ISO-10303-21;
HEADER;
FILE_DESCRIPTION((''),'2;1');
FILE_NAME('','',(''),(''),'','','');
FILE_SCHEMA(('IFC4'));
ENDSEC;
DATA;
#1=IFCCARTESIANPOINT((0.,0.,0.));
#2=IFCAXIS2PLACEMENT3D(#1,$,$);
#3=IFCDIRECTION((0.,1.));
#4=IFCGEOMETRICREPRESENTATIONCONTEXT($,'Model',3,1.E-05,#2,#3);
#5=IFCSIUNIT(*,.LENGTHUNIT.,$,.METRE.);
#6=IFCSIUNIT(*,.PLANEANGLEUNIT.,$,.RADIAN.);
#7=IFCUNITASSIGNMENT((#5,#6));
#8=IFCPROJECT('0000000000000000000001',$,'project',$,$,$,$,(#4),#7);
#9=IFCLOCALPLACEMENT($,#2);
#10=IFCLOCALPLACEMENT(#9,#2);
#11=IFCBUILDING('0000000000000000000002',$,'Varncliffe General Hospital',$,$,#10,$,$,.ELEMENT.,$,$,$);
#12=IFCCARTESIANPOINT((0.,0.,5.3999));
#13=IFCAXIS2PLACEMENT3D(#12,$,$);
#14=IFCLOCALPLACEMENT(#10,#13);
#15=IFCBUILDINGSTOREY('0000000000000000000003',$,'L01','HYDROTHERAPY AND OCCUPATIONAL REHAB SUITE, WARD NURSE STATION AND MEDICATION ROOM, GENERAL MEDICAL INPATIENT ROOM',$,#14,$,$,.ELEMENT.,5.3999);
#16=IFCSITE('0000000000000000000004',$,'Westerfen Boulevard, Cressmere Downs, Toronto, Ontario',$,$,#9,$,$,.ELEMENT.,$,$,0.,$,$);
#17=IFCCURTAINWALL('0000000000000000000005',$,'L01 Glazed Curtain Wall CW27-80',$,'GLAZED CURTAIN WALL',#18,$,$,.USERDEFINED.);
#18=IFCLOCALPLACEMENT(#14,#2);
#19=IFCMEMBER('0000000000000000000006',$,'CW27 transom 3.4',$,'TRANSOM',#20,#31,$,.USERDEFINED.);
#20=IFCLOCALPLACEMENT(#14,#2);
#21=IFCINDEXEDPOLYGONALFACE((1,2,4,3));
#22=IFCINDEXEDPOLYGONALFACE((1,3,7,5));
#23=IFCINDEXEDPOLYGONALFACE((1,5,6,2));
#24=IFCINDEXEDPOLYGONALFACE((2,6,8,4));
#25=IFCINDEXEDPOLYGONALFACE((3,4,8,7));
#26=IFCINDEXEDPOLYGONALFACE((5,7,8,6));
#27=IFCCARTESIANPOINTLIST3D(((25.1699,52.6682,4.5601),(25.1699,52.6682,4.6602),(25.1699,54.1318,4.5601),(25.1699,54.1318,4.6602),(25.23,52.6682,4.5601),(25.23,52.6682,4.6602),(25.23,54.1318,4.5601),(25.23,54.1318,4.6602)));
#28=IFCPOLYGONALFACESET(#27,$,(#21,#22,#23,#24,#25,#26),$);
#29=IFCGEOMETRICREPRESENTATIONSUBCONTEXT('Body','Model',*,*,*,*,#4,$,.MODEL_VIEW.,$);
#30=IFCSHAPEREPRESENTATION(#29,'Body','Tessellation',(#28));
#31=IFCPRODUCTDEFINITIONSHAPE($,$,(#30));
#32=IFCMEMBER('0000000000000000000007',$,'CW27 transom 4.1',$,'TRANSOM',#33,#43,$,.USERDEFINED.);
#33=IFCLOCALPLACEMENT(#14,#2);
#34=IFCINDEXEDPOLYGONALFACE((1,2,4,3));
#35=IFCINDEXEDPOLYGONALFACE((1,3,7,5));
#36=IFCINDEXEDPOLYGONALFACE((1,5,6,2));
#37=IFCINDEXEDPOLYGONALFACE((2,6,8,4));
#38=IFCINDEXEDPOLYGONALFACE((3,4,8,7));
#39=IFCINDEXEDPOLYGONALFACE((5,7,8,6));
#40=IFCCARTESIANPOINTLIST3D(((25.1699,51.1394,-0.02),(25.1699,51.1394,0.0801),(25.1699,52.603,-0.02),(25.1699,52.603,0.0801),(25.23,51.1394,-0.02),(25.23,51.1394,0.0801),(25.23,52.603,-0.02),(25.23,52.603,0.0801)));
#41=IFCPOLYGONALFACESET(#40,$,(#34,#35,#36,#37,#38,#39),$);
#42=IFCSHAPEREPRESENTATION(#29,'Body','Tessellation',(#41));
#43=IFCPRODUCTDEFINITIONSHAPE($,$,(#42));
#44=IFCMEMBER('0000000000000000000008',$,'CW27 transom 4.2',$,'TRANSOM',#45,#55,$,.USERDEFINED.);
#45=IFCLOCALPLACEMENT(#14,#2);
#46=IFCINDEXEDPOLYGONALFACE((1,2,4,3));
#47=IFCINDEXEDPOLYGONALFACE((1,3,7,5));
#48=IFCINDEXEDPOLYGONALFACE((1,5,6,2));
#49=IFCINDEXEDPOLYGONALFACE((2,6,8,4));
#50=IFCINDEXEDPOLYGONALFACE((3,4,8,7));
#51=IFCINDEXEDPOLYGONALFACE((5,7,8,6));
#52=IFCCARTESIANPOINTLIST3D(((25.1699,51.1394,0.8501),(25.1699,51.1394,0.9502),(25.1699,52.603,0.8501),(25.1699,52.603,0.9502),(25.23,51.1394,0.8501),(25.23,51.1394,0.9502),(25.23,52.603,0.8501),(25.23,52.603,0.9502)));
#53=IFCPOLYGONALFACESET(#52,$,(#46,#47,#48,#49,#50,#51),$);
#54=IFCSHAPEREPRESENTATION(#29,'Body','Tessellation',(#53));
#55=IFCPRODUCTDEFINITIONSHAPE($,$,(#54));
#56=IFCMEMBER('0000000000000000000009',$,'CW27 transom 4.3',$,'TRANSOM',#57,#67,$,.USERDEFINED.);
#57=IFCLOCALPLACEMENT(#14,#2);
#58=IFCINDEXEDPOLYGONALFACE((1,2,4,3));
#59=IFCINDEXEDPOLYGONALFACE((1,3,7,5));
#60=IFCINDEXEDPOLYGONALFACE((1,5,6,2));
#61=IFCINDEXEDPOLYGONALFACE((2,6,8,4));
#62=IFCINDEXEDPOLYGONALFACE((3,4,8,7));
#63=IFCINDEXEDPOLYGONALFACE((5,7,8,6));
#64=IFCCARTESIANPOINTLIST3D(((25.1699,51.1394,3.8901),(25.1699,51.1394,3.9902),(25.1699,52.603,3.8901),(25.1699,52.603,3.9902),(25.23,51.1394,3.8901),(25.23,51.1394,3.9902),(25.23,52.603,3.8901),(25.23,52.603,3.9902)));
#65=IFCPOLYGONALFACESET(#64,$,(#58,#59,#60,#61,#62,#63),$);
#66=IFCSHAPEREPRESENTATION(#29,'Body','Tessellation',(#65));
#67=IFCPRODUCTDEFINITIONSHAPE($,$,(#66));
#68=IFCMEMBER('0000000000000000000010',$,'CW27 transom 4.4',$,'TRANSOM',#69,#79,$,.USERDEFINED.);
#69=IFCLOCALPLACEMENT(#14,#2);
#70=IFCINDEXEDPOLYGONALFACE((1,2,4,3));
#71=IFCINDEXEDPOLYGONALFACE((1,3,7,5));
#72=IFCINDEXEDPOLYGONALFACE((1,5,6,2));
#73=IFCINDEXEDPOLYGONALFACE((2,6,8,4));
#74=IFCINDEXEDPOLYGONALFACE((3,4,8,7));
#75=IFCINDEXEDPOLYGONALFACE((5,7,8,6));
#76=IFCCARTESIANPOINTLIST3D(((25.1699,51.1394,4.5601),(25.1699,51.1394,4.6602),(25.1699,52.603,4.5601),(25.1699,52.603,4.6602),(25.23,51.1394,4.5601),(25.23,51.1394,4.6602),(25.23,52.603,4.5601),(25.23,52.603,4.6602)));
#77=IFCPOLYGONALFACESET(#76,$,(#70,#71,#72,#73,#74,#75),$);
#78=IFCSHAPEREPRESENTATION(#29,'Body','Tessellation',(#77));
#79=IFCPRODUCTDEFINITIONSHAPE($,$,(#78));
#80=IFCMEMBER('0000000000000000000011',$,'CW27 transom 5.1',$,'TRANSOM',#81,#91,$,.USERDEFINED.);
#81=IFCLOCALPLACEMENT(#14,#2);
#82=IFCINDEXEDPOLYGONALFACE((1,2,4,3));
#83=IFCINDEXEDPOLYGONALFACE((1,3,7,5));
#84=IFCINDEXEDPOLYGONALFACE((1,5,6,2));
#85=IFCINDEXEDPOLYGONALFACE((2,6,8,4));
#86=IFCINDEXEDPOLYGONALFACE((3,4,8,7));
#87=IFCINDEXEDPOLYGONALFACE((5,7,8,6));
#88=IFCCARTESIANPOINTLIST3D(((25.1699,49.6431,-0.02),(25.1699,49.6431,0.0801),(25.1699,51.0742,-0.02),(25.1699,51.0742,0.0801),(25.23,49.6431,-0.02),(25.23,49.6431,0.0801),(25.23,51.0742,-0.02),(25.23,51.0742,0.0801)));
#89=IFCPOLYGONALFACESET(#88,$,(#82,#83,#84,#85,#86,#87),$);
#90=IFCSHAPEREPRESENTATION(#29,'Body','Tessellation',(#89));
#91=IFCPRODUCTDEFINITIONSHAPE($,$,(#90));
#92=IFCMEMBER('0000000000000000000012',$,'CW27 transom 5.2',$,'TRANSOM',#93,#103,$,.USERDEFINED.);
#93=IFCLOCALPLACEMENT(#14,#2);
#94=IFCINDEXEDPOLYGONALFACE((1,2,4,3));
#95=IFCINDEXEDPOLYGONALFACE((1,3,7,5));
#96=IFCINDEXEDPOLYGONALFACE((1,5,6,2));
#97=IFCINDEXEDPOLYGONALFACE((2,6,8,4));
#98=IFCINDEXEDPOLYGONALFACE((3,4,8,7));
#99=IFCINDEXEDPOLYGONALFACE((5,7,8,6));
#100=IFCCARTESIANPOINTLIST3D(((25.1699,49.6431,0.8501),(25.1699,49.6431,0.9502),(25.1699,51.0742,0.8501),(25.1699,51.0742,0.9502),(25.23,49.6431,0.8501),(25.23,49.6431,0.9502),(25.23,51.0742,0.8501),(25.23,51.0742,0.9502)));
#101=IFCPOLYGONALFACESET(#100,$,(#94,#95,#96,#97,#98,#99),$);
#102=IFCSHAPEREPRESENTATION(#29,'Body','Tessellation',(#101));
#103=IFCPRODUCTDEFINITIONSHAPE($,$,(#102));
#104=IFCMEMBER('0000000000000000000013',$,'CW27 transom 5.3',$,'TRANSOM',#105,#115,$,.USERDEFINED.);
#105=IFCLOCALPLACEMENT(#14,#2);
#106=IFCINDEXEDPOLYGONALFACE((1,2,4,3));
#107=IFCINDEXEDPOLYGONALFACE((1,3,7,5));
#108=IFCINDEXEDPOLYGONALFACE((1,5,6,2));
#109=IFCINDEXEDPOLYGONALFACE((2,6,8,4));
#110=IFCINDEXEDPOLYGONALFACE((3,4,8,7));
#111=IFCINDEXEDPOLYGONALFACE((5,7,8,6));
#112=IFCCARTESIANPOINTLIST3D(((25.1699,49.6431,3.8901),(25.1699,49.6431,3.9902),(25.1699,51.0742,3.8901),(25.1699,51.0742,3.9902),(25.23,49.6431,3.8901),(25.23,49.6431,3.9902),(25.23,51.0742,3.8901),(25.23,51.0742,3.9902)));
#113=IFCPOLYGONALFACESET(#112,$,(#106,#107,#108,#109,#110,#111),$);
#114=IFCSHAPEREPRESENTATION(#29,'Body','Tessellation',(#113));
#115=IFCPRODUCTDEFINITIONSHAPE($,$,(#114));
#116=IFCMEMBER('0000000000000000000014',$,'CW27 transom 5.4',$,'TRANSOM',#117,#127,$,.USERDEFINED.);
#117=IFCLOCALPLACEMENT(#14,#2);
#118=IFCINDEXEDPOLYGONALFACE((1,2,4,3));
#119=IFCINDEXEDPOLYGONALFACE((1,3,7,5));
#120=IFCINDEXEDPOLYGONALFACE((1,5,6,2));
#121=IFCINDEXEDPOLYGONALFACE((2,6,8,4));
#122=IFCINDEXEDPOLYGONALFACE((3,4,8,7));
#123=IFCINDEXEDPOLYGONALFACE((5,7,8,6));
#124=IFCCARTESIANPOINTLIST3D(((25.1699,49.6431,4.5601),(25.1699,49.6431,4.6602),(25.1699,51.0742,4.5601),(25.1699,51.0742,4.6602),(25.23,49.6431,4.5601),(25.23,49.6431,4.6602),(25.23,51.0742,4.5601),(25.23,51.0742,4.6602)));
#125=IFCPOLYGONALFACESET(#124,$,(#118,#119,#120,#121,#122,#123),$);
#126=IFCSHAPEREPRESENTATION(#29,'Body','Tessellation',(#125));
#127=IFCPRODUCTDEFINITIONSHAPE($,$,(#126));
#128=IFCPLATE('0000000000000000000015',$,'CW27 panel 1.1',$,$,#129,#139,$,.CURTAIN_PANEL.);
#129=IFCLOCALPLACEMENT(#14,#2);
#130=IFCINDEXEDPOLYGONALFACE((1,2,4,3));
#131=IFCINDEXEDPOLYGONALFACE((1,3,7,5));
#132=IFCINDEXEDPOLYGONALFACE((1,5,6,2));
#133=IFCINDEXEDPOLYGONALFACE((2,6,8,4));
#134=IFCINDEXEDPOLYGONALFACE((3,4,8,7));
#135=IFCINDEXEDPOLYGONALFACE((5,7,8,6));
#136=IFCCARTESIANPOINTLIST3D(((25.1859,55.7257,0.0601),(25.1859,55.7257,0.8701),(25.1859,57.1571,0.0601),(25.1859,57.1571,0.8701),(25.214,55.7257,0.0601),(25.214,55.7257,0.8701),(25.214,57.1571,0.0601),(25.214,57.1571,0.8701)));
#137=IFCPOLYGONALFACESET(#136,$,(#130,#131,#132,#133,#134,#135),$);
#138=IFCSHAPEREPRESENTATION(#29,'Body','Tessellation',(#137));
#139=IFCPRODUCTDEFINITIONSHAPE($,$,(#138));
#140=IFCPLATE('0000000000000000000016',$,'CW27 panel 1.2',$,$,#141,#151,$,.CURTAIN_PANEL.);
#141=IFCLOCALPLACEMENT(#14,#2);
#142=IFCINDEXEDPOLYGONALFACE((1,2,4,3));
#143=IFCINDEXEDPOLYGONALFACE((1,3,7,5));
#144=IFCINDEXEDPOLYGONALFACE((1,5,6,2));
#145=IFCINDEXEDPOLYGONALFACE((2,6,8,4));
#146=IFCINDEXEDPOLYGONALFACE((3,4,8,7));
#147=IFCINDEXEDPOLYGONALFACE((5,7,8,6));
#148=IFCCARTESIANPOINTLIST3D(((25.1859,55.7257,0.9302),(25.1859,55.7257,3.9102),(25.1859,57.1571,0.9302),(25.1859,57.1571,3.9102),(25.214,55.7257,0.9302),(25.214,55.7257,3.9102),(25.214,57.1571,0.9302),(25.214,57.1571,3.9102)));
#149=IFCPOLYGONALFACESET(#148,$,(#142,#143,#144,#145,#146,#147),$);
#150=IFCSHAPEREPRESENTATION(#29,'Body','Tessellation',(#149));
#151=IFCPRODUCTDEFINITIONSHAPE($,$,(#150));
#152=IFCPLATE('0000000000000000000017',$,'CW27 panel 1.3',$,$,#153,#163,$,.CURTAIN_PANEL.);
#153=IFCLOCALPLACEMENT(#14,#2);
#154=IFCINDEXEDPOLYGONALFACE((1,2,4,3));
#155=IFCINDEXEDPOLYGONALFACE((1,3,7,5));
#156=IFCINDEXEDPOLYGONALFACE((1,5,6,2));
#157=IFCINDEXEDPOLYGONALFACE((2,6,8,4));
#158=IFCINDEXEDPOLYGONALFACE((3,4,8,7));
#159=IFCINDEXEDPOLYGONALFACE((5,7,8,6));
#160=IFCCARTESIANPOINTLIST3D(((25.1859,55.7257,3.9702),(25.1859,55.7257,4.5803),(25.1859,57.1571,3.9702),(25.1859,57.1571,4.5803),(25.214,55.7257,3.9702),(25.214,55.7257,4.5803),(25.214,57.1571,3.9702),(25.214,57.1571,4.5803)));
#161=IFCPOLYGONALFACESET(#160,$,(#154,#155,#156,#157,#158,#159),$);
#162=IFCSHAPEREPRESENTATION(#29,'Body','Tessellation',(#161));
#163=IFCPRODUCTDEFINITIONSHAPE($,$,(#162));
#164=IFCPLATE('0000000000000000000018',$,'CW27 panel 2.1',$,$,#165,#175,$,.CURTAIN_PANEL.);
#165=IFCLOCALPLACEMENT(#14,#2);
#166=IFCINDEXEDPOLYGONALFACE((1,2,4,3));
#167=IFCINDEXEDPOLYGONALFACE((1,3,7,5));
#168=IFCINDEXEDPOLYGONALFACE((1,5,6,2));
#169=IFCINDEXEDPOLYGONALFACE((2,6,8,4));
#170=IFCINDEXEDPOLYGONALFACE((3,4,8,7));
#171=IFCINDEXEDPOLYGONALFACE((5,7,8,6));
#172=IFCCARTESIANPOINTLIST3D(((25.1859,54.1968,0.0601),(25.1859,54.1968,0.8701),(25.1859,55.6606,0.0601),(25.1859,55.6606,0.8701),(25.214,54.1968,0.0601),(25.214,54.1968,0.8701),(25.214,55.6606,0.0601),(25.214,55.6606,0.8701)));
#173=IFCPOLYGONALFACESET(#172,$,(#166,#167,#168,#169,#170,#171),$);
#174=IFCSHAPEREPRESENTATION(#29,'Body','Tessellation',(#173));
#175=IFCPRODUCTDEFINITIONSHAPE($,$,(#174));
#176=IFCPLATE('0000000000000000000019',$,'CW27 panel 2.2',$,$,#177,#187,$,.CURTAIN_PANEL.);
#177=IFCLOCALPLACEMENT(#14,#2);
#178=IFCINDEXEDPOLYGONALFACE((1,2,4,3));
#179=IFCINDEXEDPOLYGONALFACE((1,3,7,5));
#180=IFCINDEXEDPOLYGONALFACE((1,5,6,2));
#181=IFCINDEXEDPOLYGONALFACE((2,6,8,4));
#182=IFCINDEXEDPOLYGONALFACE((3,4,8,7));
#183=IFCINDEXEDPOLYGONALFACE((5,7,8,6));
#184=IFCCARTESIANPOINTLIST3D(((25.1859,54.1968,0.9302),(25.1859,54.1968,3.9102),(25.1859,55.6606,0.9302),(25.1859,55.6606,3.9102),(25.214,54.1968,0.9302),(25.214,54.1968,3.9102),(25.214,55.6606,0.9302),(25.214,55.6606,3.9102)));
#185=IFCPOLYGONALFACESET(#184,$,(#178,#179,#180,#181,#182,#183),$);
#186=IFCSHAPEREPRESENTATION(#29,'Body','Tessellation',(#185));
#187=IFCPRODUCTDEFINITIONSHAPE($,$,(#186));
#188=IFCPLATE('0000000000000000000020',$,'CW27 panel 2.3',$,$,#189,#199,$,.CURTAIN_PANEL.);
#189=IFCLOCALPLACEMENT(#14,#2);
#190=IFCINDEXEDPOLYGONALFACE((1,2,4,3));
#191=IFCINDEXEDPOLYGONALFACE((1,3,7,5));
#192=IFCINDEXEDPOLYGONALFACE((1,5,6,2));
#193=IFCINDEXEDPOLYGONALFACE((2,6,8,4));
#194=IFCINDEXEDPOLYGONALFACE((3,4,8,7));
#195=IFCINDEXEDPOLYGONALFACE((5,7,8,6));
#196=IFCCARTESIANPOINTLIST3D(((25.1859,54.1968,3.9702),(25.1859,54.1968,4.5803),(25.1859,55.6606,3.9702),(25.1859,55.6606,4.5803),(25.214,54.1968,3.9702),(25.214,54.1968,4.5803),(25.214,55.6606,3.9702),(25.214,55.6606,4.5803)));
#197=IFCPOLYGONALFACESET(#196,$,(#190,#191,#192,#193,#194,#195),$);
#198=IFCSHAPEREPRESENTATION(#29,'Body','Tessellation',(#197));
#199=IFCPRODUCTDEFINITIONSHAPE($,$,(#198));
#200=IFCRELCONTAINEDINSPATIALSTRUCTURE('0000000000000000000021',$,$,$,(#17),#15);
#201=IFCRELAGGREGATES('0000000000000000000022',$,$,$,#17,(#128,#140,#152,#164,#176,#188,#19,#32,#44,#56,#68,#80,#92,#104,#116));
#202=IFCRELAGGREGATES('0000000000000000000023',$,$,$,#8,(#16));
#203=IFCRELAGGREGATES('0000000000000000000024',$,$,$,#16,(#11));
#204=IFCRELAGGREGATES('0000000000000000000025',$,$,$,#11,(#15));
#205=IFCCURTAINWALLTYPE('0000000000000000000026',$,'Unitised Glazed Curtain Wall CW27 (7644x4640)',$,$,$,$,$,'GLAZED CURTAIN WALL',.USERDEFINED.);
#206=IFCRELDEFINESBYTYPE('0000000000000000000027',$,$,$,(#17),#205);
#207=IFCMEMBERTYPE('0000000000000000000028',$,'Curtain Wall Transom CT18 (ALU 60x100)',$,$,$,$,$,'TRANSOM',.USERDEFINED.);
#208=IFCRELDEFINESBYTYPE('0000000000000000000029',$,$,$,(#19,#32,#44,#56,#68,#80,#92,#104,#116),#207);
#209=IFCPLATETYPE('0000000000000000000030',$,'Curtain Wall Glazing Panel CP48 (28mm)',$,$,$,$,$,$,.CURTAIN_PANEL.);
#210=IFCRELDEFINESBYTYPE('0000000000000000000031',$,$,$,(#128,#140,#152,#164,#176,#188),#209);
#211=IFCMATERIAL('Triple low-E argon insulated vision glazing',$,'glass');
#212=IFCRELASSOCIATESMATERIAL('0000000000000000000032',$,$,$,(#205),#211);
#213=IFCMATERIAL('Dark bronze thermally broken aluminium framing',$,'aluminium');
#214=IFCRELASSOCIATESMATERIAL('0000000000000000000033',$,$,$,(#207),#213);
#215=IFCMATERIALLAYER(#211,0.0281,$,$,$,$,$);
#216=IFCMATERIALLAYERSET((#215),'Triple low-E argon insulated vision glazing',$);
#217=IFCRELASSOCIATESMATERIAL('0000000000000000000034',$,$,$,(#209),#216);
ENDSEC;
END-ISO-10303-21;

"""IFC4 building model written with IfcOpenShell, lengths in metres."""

from ifc_helpers import new_model, si_unit, direction, frame, origin, origin_2d, place, context, subcontext, project, spatial, rectangle, extrude, material, layer, layer_set, material_profile, profile_set, type_object, element, aggregate, save


model = new_model("IFC4")

# Units and contexts
model_context = context("Model", 3, precision=1e-05, world=origin(), true_north=direction((0.0, 1.0)))
body_context = subcontext(model_context, "Body", "Model", "MODEL_VIEW")
ifc_project = project(units=[si_unit("LENGTHUNIT", "METRE"), si_unit("PLANEANGLEUNIT", "RADIAN")], contexts=[model_context])

# Site, building, storey
site_placement = place(None, origin())
site = spatial("IfcSite", under=ifc_project, at=site_placement, Name="Westerfen Boulevard, Cressmere Downs, Toronto, Ontario", CompositionType="ELEMENT", RefElevation=0.0)
building_placement = place(site_placement, origin())
building = spatial("IfcBuilding", under=site, at=building_placement, Name="Varncliffe General Hospital", CompositionType="ELEMENT")
storey_placement = place(building_placement, frame((0.0, 0.0, 5.3999)))
storey = spatial("IfcBuildingStorey", under=building, at=storey_placement, Name="L01", Description="HYDROTHERAPY AND OCCUPATIONAL REHAB SUITE, WARD NURSE STATION AND MEDICATION ROOM, GENERAL MEDICAL INPATIENT ROOM", CompositionType="ELEMENT", Elevation=5.3999)

# Curtain wall, members, plates
ifc_material_1 = material(Name="Triple low-E argon insulated vision glazing", Category="glass")
curtain_wall_type = type_object("IfcCurtainWallType", Name="Unitised Glazed Curtain Wall CW27 (7644x4640)", ElementType="GLAZED CURTAIN WALL", PredefinedType="USERDEFINED", material=ifc_material_1)
curtain_wall_placement = place(storey_placement, origin())
curtain_wall = element("IfcCurtainWall", 1, at=curtain_wall_placement, inside=storey, type_object=curtain_wall_type, Name="L01 Glazed Curtain Wall CW27-80", ObjectType="GLAZED CURTAIN WALL", PredefinedType="USERDEFINED")
ifc_material_2 = material(Name="Dark bronze thermally broken aluminium framing", Category="aluminium")
ifc_material_profile_1 = material_profile(ifc_material_2, rectangle(XDim=0.0601, YDim=0.1001, at=origin_2d()), Name="ALU 60x100")
ifc_profile_set_1 = profile_set([ifc_material_profile_1], Name="Dark bronze thermally broken aluminium framing")
member_type_1 = type_object("IfcMemberType", Name="Curtain Wall Transom CT18 (ALU 60x100)", ElementType="TRANSOM", PredefinedType="USERDEFINED", material=ifc_profile_set_1)
member_1_placement = place(storey_placement, frame((25.2, 54.1318, 4.6101), z_axis=(0.0, -1.0, 0.0), x_axis=(1.0, 0.0, 0.0)))
member_1 = element("IfcMember", 2, at=member_1_placement, type_object=member_type_1, Name="CW27 transom 3.4", ObjectType="TRANSOM", PredefinedType="USERDEFINED", context=body_context, shape_type="SweptSolid", body=[
    extrude(rectangle(XDim=0.0601, YDim=0.1001, at=origin_2d()), origin(), (0.0, 0.0, 1.0), 1.4636),
])
member_2_placement = place(storey_placement, frame((25.2, 52.603, 0.03), z_axis=(0.0, -1.0, 0.0), x_axis=(1.0, 0.0, 0.0)))
member_2 = element("IfcMember", 3, at=member_2_placement, type_object=member_type_1, Name="CW27 transom 4.1", ObjectType="TRANSOM", PredefinedType="USERDEFINED", context=body_context, shape_type="SweptSolid", body=[
    extrude(rectangle(XDim=0.0601, YDim=0.1001, at=origin_2d()), origin(), (0.0, 0.0, 1.0), 1.4636),
])
member_3_placement = place(storey_placement, frame((25.2, 52.603, 0.9001), z_axis=(0.0, -1.0, 0.0), x_axis=(1.0, 0.0, 0.0)))
member_3 = element("IfcMember", 4, at=member_3_placement, type_object=member_type_1, Name="CW27 transom 4.2", ObjectType="TRANSOM", PredefinedType="USERDEFINED", context=body_context, shape_type="SweptSolid", body=[
    extrude(rectangle(XDim=0.0601, YDim=0.1001, at=origin_2d()), origin(), (0.0, 0.0, 1.0), 1.4636),
])
member_4_placement = place(storey_placement, frame((25.2, 52.603, 3.9402), z_axis=(0.0, -1.0, 0.0), x_axis=(1.0, 0.0, 0.0)))
member_4 = element("IfcMember", 5, at=member_4_placement, type_object=member_type_1, Name="CW27 transom 4.3", ObjectType="TRANSOM", PredefinedType="USERDEFINED", context=body_context, shape_type="SweptSolid", body=[
    extrude(rectangle(XDim=0.0601, YDim=0.1001, at=origin_2d()), origin(), (0.0, 0.0, 1.0), 1.4636),
])
member_5_placement = place(storey_placement, frame((25.2, 52.603, 4.6101), z_axis=(0.0, -1.0, 0.0), x_axis=(1.0, 0.0, 0.0)))
member_5 = element("IfcMember", 6, at=member_5_placement, type_object=member_type_1, Name="CW27 transom 4.4", ObjectType="TRANSOM", PredefinedType="USERDEFINED", context=body_context, shape_type="SweptSolid", body=[
    extrude(rectangle(XDim=0.0601, YDim=0.1001, at=origin_2d()), origin(), (0.0, 0.0, 1.0), 1.4636),
])
member_6_placement = place(storey_placement, frame((25.2, 51.0742, 0.03), z_axis=(0.0, -1.0, 0.0), x_axis=(1.0, 0.0, 0.0)))
member_6 = element("IfcMember", 7, at=member_6_placement, type_object=member_type_1, Name="CW27 transom 5.1", ObjectType="TRANSOM", PredefinedType="USERDEFINED", context=body_context, shape_type="SweptSolid", body=[
    extrude(rectangle(XDim=0.0601, YDim=0.1001, at=origin_2d()), origin(), (0.0, 0.0, 1.0), 1.4312),
])
member_7_placement = place(storey_placement, frame((25.2, 51.0742, 0.9001), z_axis=(0.0, -1.0, 0.0), x_axis=(1.0, 0.0, 0.0)))
member_7 = element("IfcMember", 8, at=member_7_placement, type_object=member_type_1, Name="CW27 transom 5.2", ObjectType="TRANSOM", PredefinedType="USERDEFINED", context=body_context, shape_type="SweptSolid", body=[
    extrude(rectangle(XDim=0.0601, YDim=0.1001, at=origin_2d()), origin(), (0.0, 0.0, 1.0), 1.4312),
])
member_8_placement = place(storey_placement, frame((25.2, 51.0742, 3.9402), z_axis=(0.0, -1.0, 0.0), x_axis=(1.0, 0.0, 0.0)))
member_8 = element("IfcMember", 9, at=member_8_placement, type_object=member_type_1, Name="CW27 transom 5.3", ObjectType="TRANSOM", PredefinedType="USERDEFINED", context=body_context, shape_type="SweptSolid", body=[
    extrude(rectangle(XDim=0.0601, YDim=0.1001, at=origin_2d()), origin(), (0.0, 0.0, 1.0), 1.4312),
])
member_9_placement = place(storey_placement, frame((25.2, 51.0742, 4.6101), z_axis=(0.0, -1.0, 0.0), x_axis=(1.0, 0.0, 0.0)))
member_9 = element("IfcMember", 10, at=member_9_placement, type_object=member_type_1, Name="CW27 transom 5.4", ObjectType="TRANSOM", PredefinedType="USERDEFINED", context=body_context, shape_type="SweptSolid", body=[
    extrude(rectangle(XDim=0.0601, YDim=0.1001, at=origin_2d()), origin(), (0.0, 0.0, 1.0), 1.4312),
])
ifc_layer = layer(ifc_material_1, 0.0281)
ifc_layer_set = layer_set([ifc_layer], Name="Triple low-E argon insulated vision glazing")
plate_type = type_object("IfcPlateType", Name="Curtain Wall Glazing Panel CP48 (28mm)", PredefinedType="CURTAIN_PANEL", material=ifc_layer_set)
plate_1_placement = place(storey_placement, frame((25.2, 56.4414, 0.0601), z_axis=(0.0, 0.0, 1.0), x_axis=(0.0, -1.0, 0.0)))
plate_1 = element("IfcPlate", 11, at=plate_1_placement, type_object=plate_type, Name="CW27 panel 1.1", PredefinedType="CURTAIN_PANEL", context=body_context, shape_type="SweptSolid", body=[
    extrude(rectangle(XDim=1.4314, YDim=0.0281, at=origin_2d()), origin(), (0.0, 0.0, 1.0), 0.8101),
])
plate_2_placement = place(storey_placement, frame((25.2, 56.4414, 0.9302), z_axis=(0.0, 0.0, 1.0), x_axis=(0.0, -1.0, 0.0)))
plate_2 = element("IfcPlate", 12, at=plate_2_placement, type_object=plate_type, Name="CW27 panel 1.2", PredefinedType="CURTAIN_PANEL", context=body_context, shape_type="SweptSolid", body=[
    extrude(rectangle(XDim=1.4314, YDim=0.0281, at=origin_2d()), origin(), (0.0, 0.0, 1.0), 2.98),
])
plate_3_placement = place(storey_placement, frame((25.2, 56.4414, 3.9702), z_axis=(0.0, 0.0, 1.0), x_axis=(0.0, -1.0, 0.0)))
plate_3 = element("IfcPlate", 13, at=plate_3_placement, type_object=plate_type, Name="CW27 panel 1.3", PredefinedType="CURTAIN_PANEL", context=body_context, shape_type="SweptSolid", body=[
    extrude(rectangle(XDim=1.4314, YDim=0.0281, at=origin_2d()), origin(), (0.0, 0.0, 1.0), 0.6101),
])
plate_4_placement = place(storey_placement, frame((25.2, 54.9287, 0.0601), z_axis=(0.0, 0.0, 1.0), x_axis=(0.0, -1.0, 0.0)))
plate_4 = element("IfcPlate", 14, at=plate_4_placement, type_object=plate_type, Name="CW27 panel 2.1", PredefinedType="CURTAIN_PANEL", context=body_context, shape_type="SweptSolid", body=[
    extrude(rectangle(XDim=1.4639, YDim=0.0281, at=origin_2d()), origin(), (0.0, 0.0, 1.0), 0.8101),
])
plate_5_placement = place(storey_placement, frame((25.2, 54.9287, 0.9302), z_axis=(0.0, 0.0, 1.0), x_axis=(0.0, -1.0, 0.0)))
plate_5 = element("IfcPlate", 15, at=plate_5_placement, type_object=plate_type, Name="CW27 panel 2.2", PredefinedType="CURTAIN_PANEL", context=body_context, shape_type="SweptSolid", body=[
    extrude(rectangle(XDim=1.4639, YDim=0.0281, at=origin_2d()), origin(), (0.0, 0.0, 1.0), 2.98),
])
plate_6_placement = place(storey_placement, frame((25.2, 54.9287, 3.9702), z_axis=(0.0, 0.0, 1.0), x_axis=(0.0, -1.0, 0.0)))
plate_6 = element("IfcPlate", 16, at=plate_6_placement, type_object=plate_type, Name="CW27 panel 2.3", PredefinedType="CURTAIN_PANEL", context=body_context, shape_type="SweptSolid", body=[
    extrude(rectangle(XDim=1.4639, YDim=0.0281, at=origin_2d()), origin(), (0.0, 0.0, 1.0), 0.6101),
])
aggregate(curtain_wall, [plate_1, plate_2, plate_3, plate_4, plate_5, plate_6, member_1, member_2, member_3, member_4, member_5, member_6, member_7, member_8, member_9])

save(model, "model.ifc")
